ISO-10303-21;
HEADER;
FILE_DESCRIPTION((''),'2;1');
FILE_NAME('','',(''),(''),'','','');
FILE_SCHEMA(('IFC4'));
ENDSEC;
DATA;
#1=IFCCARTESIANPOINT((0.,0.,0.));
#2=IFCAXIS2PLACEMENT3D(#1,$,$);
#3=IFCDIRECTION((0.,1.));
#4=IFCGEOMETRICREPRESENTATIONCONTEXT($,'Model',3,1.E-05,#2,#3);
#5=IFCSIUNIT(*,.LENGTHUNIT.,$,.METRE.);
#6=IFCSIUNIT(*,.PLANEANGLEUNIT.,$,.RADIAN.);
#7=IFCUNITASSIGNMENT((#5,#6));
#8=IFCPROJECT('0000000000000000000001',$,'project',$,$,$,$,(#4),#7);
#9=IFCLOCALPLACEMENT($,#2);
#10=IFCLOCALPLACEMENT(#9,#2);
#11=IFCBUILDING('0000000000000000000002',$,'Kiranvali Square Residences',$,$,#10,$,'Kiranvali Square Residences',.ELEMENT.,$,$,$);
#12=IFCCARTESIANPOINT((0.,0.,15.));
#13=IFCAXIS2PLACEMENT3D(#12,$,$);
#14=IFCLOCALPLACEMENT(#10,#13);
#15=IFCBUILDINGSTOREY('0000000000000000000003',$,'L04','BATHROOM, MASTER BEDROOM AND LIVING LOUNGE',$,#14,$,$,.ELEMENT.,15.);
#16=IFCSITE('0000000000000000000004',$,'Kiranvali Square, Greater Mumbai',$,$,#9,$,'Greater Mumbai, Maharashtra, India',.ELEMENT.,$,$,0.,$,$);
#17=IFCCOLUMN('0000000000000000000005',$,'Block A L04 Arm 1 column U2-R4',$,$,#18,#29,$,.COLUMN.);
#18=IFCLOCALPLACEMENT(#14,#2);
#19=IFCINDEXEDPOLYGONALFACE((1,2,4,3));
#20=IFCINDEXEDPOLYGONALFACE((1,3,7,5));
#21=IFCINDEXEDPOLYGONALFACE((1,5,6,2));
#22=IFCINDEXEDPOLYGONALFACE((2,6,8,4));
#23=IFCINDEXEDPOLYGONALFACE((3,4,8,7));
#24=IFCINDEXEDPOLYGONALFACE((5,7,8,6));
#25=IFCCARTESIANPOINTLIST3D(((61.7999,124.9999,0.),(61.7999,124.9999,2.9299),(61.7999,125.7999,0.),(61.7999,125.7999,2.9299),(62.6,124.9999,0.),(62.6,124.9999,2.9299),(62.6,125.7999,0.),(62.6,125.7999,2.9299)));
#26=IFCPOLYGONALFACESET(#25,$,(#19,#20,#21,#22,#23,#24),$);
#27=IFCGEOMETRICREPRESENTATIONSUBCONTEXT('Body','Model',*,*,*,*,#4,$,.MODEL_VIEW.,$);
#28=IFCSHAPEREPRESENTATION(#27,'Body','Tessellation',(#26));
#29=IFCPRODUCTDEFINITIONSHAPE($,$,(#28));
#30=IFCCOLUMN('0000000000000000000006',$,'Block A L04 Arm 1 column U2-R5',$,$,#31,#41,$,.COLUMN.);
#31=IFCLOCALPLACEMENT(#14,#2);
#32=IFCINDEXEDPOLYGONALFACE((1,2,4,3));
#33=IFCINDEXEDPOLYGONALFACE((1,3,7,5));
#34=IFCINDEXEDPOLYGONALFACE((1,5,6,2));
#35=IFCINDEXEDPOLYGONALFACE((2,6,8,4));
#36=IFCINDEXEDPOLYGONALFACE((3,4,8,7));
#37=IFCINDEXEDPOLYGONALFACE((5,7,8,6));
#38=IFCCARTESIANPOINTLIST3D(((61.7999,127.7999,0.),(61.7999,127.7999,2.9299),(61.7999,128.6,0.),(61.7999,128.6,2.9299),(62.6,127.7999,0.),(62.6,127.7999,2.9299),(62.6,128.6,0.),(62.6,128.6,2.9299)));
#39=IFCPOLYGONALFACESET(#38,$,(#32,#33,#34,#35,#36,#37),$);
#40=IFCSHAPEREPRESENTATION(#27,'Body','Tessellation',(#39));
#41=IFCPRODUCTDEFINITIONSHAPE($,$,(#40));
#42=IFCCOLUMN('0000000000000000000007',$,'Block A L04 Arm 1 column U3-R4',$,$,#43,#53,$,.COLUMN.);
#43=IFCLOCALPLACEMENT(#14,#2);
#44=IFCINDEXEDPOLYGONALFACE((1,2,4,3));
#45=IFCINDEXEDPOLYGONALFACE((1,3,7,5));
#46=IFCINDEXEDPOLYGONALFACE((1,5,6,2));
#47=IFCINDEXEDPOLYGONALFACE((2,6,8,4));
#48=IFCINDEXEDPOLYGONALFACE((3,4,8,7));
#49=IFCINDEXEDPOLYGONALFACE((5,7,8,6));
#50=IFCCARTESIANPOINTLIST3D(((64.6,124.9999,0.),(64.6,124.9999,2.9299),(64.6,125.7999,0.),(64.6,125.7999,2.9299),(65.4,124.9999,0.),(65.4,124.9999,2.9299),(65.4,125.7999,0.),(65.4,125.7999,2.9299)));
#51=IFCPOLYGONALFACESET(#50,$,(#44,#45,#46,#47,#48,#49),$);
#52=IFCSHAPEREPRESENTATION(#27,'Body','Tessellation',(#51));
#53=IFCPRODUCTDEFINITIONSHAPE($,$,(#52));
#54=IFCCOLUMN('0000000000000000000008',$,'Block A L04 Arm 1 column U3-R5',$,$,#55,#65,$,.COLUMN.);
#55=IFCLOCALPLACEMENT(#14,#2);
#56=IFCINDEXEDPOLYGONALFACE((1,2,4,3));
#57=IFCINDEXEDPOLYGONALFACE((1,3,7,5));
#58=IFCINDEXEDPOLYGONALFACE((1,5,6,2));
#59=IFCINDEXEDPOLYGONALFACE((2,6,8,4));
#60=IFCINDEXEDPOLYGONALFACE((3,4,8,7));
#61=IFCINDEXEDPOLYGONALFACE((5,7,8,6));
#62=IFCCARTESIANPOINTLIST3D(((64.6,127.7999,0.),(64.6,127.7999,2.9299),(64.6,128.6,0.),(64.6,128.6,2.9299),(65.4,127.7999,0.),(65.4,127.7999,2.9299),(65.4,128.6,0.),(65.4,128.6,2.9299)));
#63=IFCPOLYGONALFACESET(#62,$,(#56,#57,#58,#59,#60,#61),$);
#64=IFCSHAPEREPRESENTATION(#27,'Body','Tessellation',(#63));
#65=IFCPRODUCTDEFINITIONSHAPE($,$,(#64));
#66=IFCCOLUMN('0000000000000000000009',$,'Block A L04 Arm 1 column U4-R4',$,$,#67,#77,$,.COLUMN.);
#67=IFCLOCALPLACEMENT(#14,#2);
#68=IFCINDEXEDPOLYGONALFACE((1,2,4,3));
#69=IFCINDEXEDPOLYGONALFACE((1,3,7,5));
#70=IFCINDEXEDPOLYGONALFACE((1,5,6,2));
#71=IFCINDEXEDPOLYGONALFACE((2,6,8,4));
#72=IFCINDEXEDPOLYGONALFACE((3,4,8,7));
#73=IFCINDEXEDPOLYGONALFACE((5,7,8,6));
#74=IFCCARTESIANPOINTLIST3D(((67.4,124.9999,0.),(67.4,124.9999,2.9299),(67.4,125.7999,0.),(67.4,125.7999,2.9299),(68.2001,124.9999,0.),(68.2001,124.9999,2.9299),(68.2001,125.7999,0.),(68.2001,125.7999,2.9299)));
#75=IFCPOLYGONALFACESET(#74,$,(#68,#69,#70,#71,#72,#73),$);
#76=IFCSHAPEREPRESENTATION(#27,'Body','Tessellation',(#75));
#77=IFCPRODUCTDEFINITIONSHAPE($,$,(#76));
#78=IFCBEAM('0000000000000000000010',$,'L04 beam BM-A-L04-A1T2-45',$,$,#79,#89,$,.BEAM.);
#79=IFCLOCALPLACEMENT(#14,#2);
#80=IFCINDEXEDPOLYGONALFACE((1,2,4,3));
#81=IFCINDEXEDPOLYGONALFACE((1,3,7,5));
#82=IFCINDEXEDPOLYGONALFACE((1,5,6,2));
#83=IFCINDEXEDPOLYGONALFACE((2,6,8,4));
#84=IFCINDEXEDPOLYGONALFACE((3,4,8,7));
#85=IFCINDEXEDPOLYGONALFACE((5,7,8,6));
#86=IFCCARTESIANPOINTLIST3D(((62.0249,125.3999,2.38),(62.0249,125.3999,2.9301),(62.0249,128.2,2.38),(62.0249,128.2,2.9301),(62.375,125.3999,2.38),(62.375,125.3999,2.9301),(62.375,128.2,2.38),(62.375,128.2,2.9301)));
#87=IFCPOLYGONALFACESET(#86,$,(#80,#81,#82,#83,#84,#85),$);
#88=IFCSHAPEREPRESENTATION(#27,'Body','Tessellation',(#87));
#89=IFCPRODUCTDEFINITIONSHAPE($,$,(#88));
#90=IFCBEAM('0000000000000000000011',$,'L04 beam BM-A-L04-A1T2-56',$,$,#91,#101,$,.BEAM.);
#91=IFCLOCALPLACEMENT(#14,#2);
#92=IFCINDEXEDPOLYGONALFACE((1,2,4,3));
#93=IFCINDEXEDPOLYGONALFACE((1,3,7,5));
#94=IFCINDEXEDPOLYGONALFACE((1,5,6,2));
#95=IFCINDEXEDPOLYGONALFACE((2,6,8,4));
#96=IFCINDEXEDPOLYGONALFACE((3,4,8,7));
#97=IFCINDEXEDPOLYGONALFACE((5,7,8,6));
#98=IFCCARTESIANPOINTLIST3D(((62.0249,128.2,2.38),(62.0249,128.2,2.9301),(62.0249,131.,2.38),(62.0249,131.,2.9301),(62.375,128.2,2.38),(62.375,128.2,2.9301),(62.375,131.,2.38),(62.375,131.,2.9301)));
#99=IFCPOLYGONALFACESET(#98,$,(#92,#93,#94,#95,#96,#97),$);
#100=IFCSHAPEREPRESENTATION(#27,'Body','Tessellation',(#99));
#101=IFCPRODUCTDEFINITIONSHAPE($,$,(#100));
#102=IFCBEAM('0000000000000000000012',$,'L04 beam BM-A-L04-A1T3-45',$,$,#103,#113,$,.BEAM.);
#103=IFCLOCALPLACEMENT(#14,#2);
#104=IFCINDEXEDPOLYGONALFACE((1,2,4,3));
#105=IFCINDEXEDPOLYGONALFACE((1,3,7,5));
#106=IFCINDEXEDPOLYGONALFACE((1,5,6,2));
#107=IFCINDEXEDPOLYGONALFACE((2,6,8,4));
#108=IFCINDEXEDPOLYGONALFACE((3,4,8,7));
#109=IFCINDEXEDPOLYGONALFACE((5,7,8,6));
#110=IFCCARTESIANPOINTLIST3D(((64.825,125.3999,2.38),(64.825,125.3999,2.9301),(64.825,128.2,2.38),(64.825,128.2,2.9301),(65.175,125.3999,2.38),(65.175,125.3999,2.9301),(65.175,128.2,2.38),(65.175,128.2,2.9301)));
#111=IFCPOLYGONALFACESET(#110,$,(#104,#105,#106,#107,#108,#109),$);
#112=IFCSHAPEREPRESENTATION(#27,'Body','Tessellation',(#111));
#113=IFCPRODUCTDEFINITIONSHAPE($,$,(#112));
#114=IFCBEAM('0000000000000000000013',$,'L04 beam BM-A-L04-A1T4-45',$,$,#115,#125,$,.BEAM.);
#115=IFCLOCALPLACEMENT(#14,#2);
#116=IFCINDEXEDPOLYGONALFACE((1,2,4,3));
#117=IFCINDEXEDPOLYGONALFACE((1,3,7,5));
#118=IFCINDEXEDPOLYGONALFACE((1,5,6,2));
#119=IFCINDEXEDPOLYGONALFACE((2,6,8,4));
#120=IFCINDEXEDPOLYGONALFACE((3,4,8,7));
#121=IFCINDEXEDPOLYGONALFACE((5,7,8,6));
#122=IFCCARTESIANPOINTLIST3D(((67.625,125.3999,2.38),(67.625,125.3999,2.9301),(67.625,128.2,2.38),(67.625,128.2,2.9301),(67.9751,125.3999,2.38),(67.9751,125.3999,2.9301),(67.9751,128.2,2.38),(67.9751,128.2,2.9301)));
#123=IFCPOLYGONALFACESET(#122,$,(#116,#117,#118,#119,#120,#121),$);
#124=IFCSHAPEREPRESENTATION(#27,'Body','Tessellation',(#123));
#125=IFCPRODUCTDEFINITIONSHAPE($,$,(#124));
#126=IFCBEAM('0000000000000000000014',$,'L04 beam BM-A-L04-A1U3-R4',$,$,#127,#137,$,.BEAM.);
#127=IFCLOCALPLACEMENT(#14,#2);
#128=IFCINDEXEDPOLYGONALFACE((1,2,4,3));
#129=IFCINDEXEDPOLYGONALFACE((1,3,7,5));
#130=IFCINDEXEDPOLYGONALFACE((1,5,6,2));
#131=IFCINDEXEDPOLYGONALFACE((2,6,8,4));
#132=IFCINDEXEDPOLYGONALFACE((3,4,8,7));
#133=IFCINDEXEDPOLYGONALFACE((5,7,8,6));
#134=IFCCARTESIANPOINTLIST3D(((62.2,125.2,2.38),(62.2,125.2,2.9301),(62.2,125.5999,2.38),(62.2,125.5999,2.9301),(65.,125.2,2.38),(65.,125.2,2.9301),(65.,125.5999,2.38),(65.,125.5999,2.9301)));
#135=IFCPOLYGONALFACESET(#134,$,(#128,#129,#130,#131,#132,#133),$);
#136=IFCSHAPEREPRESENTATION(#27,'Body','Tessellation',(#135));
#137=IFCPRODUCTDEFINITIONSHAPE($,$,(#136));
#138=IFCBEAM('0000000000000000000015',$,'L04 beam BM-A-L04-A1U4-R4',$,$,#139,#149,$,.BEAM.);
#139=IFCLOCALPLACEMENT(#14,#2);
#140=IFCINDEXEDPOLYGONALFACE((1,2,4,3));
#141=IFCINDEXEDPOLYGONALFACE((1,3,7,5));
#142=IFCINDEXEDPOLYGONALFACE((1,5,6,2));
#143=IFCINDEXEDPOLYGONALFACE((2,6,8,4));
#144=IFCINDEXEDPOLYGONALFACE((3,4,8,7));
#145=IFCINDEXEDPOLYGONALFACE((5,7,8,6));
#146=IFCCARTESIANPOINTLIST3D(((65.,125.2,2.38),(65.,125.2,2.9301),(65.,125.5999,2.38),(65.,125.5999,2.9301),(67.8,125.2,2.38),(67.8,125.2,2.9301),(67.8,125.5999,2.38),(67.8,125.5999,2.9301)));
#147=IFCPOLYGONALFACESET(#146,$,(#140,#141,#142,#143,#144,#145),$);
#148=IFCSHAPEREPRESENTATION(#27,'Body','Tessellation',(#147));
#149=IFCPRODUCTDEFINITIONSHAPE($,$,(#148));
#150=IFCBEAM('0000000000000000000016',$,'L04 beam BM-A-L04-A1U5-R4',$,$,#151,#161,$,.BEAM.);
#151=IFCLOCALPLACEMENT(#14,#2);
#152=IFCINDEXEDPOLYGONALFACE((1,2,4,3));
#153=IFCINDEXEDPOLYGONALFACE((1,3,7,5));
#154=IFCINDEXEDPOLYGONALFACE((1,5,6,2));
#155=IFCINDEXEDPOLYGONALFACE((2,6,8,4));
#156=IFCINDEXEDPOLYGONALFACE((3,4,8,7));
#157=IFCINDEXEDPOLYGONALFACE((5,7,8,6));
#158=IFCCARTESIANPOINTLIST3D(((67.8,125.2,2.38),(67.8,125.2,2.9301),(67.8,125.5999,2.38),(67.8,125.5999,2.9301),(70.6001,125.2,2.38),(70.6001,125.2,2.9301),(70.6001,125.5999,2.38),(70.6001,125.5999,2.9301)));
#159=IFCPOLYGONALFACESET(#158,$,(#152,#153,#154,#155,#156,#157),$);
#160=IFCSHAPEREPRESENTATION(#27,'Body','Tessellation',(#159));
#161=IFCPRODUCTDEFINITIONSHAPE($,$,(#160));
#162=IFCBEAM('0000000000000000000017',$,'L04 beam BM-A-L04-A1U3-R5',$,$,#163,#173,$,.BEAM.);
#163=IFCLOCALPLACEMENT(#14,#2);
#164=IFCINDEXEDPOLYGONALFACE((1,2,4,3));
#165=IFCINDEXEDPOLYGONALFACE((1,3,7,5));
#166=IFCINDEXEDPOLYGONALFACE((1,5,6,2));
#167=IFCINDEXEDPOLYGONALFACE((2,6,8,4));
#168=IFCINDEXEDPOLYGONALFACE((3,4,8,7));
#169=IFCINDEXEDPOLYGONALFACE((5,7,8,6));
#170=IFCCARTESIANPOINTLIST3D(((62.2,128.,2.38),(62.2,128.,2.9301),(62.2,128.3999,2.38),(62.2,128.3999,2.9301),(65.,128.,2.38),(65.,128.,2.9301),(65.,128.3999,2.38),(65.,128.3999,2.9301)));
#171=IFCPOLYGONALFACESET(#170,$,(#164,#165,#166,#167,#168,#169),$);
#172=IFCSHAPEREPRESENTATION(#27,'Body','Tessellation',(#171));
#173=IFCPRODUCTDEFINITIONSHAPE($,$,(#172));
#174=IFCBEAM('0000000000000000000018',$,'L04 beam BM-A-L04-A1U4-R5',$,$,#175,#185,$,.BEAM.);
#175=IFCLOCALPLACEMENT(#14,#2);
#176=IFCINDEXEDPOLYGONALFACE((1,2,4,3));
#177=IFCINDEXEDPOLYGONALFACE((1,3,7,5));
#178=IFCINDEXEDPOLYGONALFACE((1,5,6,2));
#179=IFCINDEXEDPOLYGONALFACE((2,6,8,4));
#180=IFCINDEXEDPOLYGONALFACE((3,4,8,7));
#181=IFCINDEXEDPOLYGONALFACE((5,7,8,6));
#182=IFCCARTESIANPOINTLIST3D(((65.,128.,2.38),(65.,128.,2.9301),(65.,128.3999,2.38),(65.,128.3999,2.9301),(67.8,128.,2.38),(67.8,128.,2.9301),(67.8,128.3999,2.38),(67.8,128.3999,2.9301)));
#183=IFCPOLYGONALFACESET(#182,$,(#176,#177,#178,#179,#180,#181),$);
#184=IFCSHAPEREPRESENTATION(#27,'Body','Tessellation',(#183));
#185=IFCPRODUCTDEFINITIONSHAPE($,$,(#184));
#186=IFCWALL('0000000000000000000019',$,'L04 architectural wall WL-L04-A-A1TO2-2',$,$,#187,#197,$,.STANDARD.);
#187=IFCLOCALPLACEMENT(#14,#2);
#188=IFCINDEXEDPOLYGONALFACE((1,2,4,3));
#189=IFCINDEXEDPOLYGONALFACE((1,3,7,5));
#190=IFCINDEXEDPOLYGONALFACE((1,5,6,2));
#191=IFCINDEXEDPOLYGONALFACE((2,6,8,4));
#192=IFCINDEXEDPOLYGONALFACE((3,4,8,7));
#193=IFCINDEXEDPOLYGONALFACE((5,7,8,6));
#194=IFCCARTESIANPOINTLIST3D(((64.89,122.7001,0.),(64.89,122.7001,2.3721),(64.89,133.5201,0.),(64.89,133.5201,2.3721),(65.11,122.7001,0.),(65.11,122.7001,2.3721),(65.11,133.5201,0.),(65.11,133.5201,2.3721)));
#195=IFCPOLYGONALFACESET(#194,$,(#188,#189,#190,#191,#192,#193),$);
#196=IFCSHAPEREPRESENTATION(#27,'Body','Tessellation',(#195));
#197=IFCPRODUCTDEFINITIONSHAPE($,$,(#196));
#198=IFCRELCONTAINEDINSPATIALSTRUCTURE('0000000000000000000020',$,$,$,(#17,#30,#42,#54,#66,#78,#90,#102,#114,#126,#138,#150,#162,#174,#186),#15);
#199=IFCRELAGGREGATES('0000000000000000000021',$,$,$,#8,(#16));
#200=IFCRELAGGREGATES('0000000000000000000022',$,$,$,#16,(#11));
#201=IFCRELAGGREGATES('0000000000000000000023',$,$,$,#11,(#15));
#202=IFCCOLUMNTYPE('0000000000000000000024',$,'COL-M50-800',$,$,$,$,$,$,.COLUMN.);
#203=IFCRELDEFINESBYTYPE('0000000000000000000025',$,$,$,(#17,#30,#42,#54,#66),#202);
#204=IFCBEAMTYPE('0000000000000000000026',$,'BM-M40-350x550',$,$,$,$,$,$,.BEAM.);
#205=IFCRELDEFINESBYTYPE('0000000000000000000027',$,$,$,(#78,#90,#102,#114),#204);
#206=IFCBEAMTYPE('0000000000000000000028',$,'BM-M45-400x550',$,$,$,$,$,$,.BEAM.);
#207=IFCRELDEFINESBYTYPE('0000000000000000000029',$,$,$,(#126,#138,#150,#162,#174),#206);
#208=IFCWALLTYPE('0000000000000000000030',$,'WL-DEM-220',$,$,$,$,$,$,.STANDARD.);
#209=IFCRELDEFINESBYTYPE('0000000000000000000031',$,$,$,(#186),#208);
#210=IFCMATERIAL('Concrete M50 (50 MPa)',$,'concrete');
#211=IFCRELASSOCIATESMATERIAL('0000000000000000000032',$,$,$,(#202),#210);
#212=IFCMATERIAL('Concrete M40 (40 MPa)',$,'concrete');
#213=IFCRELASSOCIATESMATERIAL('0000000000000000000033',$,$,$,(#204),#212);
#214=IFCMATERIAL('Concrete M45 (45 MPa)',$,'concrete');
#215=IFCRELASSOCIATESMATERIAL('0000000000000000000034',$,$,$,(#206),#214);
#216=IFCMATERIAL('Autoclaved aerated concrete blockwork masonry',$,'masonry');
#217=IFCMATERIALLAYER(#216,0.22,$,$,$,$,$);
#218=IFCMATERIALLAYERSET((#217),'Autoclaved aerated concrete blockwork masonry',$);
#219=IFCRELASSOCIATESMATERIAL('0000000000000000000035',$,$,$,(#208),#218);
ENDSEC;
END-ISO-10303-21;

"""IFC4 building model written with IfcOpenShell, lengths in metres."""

from ifc_helpers import new_model, si_unit, direction, frame, frame_2d, origin, origin_2d, place, context, subcontext, project, spatial, rectangle, extrude, material, layer, layer_set, material_profile, profile_set, type_object, element, save


model = new_model("IFC4")

# Units and contexts
model_context = context("Model", 3, precision=1e-05, world=origin(), true_north=direction((0.0, 1.0)))
body_context = subcontext(model_context, "Body", "Model", "MODEL_VIEW")
ifc_project = project(units=[si_unit("LENGTHUNIT", "METRE"), si_unit("PLANEANGLEUNIT", "RADIAN")], contexts=[model_context])

# Site, building, storey
site_placement = place(None, origin())
site = spatial("IfcSite", under=ifc_project, at=site_placement, Name="Kiranvali Square, Greater Mumbai", LongName="Greater Mumbai, Maharashtra, India", CompositionType="ELEMENT", RefElevation=0.0)
building_placement = place(site_placement, origin())
building = spatial("IfcBuilding", under=site, at=building_placement, Name="Kiranvali Square Residences", LongName="Kiranvali Square Residences", CompositionType="ELEMENT")
storey_placement = place(building_placement, frame((0.0, 0.0, 15.0)))
storey = spatial("IfcBuildingStorey", under=building, at=storey_placement, Name="L04", Description="BATHROOM, MASTER BEDROOM AND LIVING LOUNGE", CompositionType="ELEMENT", Elevation=15.0)

# Columns
ifc_material_1 = material(Name="Concrete M50 (50 MPa)", Category="concrete")
ifc_material_profile_1 = material_profile(ifc_material_1, rectangle(XDim=0.8, YDim=0.8, at=origin_2d()), Name="RC 800x800")
ifc_profile_set_1 = profile_set([ifc_material_profile_1], Name="Concrete M50 (50 MPa)")
column_type = type_object("IfcColumnType", Name="COL-M50-800", PredefinedType="COLUMN", material=ifc_profile_set_1)
for number, where, z_axis, x_axis, name in (
    (1, (62.2, 125.3999, 0.0), (0.0, 0.0, 1.0), (1.0, 0.0, 0.0), "Block A L04 Arm 1 column U2-R4"),
    (2, (62.2, 128.2, 0.0), (0.0, 0.0, 1.0), (1.0, 0.0, 0.0), "Block A L04 Arm 1 column U2-R5"),
    (3, (65.0, 125.3999, 0.0), (0.0, 0.0, 1.0), (1.0, 0.0, 0.0), "Block A L04 Arm 1 column U3-R4"),
    (4, (65.0, 128.2, 0.0), (0.0, 0.0, 1.0), (1.0, 0.0, 0.0), "Block A L04 Arm 1 column U3-R5"),
    (5, (67.8, 125.3999, 0.0), (0.0, 0.0, 1.0), (1.0, 0.0, 0.0), "Block A L04 Arm 1 column U4-R4"),
):
    element("IfcColumn", number, at=place(storey_placement, frame(where, z_axis=z_axis, x_axis=x_axis)), inside=storey, type_object=column_type, Name=name, PredefinedType="COLUMN", context=body_context, shape_type="SweptSolid", body=[
        extrude(rectangle(XDim=0.8, YDim=0.8, at=origin_2d()), origin(), (0.0, 0.0, 1.0), 2.9299),
    ])

# Beams
ifc_material_2 = material(Name="Concrete M40 (40 MPa)", Category="concrete")
ifc_material_profile_2 = material_profile(ifc_material_2, rectangle(XDim=0.3501, YDim=0.55, at=origin_2d()), Name="RC 350x550")
ifc_profile_set_2 = profile_set([ifc_material_profile_2], Name="Concrete M40 (40 MPa)")
beam_type_1 = type_object("IfcBeamType", Name="BM-M40-350x550", PredefinedType="BEAM", material=ifc_profile_set_2)
for number, where, z_axis, x_axis, name in (
    (6, (62.2, 125.3999, 2.655), (0.0, 1.0, 0.0), (-1.0, 0.0, 0.0), "L04 beam BM-A-L04-A1T2-45"),
    (7, (62.2, 128.2, 2.655), (0.0, 1.0, 0.0), (-1.0, 0.0, 0.0), "L04 beam BM-A-L04-A1T2-56"),
    (8, (65.0, 125.3999, 2.655), (0.0, 1.0, 0.0), (-1.0, 0.0, 0.0), "L04 beam BM-A-L04-A1T3-45"),
    (9, (67.8, 125.3999, 2.655), (0.0, 1.0, 0.0), (-1.0, 0.0, 0.0), "L04 beam BM-A-L04-A1T4-45"),
):
    element("IfcBeam", number, at=place(storey_placement, frame(where, z_axis=z_axis, x_axis=x_axis)), inside=storey, type_object=beam_type_1, Name=name, PredefinedType="BEAM", context=body_context, shape_type="SweptSolid", body=[
        extrude(rectangle(XDim=0.3501, YDim=0.55, at=origin_2d()), origin(), (0.0, 0.0, 1.0), 2.8),
    ])
ifc_material_3 = material(Name="Concrete M45 (45 MPa)", Category="concrete")
ifc_material_profile_3 = material_profile(ifc_material_3, rectangle(XDim=0.3999, YDim=0.55, at=origin_2d()), Name="RC 400x550")
ifc_profile_set_3 = profile_set([ifc_material_profile_3], Name="Concrete M45 (45 MPa)")
beam_type_2 = type_object("IfcBeamType", Name="BM-M45-400x550", PredefinedType="BEAM", material=ifc_profile_set_3)
for number, where, z_axis, x_axis, name in (
    (10, (62.2, 125.3999, 2.655), (1.0, 0.0, 0.0), (0.0, 1.0, 0.0), "L04 beam BM-A-L04-A1U3-R4"),
    (11, (65.0, 125.3999, 2.655), (1.0, 0.0, 0.0), (0.0, 1.0, 0.0), "L04 beam BM-A-L04-A1U4-R4"),
    (12, (67.8, 125.3999, 2.655), (1.0, 0.0, 0.0), (0.0, 1.0, 0.0), "L04 beam BM-A-L04-A1U5-R4"),
    (13, (62.2, 128.2, 2.655), (1.0, 0.0, 0.0), (0.0, 1.0, 0.0), "L04 beam BM-A-L04-A1U3-R5"),
    (14, (65.0, 128.2, 2.655), (1.0, 0.0, 0.0), (0.0, 1.0, 0.0), "L04 beam BM-A-L04-A1U4-R5"),
):
    element("IfcBeam", number, at=place(storey_placement, frame(where, z_axis=z_axis, x_axis=x_axis)), inside=storey, type_object=beam_type_2, Name=name, PredefinedType="BEAM", context=body_context, shape_type="SweptSolid", body=[
        extrude(rectangle(XDim=0.3999, YDim=0.55, at=origin_2d()), origin(), (0.0, 0.0, 1.0), 2.8),
    ])

# Wall
ifc_material_4 = material(Name="Autoclaved aerated concrete blockwork masonry", Category="masonry")
ifc_layer_1 = layer(ifc_material_4, 0.22)
ifc_layer_set_1 = layer_set([ifc_layer_1], Name="Autoclaved aerated concrete blockwork masonry")
wall_type_1 = type_object("IfcWallType", Name="WL-DEM-220", PredefinedType="STANDARD", material=ifc_layer_set_1)
wall_1_placement = place(storey_placement, frame((65.0, 122.7, 0.0), z_axis=(0.0, 0.0, 1.0), x_axis=(0.0, 1.0, 0.0)))
element("IfcWall", 15, at=wall_1_placement, inside=storey, type_object=wall_type_1, Name="L04 architectural wall WL-L04-A-A1TO2-2", PredefinedType="STANDARD", context=body_context, shape_type="SweptSolid", body=[
    extrude(rectangle(XDim=10.8201, YDim=0.22, at=frame_2d((5.4102, 0.0))), origin(), (0.0, 0.0, 1.0), 2.3721),
])

save(model, "model.ifc")
